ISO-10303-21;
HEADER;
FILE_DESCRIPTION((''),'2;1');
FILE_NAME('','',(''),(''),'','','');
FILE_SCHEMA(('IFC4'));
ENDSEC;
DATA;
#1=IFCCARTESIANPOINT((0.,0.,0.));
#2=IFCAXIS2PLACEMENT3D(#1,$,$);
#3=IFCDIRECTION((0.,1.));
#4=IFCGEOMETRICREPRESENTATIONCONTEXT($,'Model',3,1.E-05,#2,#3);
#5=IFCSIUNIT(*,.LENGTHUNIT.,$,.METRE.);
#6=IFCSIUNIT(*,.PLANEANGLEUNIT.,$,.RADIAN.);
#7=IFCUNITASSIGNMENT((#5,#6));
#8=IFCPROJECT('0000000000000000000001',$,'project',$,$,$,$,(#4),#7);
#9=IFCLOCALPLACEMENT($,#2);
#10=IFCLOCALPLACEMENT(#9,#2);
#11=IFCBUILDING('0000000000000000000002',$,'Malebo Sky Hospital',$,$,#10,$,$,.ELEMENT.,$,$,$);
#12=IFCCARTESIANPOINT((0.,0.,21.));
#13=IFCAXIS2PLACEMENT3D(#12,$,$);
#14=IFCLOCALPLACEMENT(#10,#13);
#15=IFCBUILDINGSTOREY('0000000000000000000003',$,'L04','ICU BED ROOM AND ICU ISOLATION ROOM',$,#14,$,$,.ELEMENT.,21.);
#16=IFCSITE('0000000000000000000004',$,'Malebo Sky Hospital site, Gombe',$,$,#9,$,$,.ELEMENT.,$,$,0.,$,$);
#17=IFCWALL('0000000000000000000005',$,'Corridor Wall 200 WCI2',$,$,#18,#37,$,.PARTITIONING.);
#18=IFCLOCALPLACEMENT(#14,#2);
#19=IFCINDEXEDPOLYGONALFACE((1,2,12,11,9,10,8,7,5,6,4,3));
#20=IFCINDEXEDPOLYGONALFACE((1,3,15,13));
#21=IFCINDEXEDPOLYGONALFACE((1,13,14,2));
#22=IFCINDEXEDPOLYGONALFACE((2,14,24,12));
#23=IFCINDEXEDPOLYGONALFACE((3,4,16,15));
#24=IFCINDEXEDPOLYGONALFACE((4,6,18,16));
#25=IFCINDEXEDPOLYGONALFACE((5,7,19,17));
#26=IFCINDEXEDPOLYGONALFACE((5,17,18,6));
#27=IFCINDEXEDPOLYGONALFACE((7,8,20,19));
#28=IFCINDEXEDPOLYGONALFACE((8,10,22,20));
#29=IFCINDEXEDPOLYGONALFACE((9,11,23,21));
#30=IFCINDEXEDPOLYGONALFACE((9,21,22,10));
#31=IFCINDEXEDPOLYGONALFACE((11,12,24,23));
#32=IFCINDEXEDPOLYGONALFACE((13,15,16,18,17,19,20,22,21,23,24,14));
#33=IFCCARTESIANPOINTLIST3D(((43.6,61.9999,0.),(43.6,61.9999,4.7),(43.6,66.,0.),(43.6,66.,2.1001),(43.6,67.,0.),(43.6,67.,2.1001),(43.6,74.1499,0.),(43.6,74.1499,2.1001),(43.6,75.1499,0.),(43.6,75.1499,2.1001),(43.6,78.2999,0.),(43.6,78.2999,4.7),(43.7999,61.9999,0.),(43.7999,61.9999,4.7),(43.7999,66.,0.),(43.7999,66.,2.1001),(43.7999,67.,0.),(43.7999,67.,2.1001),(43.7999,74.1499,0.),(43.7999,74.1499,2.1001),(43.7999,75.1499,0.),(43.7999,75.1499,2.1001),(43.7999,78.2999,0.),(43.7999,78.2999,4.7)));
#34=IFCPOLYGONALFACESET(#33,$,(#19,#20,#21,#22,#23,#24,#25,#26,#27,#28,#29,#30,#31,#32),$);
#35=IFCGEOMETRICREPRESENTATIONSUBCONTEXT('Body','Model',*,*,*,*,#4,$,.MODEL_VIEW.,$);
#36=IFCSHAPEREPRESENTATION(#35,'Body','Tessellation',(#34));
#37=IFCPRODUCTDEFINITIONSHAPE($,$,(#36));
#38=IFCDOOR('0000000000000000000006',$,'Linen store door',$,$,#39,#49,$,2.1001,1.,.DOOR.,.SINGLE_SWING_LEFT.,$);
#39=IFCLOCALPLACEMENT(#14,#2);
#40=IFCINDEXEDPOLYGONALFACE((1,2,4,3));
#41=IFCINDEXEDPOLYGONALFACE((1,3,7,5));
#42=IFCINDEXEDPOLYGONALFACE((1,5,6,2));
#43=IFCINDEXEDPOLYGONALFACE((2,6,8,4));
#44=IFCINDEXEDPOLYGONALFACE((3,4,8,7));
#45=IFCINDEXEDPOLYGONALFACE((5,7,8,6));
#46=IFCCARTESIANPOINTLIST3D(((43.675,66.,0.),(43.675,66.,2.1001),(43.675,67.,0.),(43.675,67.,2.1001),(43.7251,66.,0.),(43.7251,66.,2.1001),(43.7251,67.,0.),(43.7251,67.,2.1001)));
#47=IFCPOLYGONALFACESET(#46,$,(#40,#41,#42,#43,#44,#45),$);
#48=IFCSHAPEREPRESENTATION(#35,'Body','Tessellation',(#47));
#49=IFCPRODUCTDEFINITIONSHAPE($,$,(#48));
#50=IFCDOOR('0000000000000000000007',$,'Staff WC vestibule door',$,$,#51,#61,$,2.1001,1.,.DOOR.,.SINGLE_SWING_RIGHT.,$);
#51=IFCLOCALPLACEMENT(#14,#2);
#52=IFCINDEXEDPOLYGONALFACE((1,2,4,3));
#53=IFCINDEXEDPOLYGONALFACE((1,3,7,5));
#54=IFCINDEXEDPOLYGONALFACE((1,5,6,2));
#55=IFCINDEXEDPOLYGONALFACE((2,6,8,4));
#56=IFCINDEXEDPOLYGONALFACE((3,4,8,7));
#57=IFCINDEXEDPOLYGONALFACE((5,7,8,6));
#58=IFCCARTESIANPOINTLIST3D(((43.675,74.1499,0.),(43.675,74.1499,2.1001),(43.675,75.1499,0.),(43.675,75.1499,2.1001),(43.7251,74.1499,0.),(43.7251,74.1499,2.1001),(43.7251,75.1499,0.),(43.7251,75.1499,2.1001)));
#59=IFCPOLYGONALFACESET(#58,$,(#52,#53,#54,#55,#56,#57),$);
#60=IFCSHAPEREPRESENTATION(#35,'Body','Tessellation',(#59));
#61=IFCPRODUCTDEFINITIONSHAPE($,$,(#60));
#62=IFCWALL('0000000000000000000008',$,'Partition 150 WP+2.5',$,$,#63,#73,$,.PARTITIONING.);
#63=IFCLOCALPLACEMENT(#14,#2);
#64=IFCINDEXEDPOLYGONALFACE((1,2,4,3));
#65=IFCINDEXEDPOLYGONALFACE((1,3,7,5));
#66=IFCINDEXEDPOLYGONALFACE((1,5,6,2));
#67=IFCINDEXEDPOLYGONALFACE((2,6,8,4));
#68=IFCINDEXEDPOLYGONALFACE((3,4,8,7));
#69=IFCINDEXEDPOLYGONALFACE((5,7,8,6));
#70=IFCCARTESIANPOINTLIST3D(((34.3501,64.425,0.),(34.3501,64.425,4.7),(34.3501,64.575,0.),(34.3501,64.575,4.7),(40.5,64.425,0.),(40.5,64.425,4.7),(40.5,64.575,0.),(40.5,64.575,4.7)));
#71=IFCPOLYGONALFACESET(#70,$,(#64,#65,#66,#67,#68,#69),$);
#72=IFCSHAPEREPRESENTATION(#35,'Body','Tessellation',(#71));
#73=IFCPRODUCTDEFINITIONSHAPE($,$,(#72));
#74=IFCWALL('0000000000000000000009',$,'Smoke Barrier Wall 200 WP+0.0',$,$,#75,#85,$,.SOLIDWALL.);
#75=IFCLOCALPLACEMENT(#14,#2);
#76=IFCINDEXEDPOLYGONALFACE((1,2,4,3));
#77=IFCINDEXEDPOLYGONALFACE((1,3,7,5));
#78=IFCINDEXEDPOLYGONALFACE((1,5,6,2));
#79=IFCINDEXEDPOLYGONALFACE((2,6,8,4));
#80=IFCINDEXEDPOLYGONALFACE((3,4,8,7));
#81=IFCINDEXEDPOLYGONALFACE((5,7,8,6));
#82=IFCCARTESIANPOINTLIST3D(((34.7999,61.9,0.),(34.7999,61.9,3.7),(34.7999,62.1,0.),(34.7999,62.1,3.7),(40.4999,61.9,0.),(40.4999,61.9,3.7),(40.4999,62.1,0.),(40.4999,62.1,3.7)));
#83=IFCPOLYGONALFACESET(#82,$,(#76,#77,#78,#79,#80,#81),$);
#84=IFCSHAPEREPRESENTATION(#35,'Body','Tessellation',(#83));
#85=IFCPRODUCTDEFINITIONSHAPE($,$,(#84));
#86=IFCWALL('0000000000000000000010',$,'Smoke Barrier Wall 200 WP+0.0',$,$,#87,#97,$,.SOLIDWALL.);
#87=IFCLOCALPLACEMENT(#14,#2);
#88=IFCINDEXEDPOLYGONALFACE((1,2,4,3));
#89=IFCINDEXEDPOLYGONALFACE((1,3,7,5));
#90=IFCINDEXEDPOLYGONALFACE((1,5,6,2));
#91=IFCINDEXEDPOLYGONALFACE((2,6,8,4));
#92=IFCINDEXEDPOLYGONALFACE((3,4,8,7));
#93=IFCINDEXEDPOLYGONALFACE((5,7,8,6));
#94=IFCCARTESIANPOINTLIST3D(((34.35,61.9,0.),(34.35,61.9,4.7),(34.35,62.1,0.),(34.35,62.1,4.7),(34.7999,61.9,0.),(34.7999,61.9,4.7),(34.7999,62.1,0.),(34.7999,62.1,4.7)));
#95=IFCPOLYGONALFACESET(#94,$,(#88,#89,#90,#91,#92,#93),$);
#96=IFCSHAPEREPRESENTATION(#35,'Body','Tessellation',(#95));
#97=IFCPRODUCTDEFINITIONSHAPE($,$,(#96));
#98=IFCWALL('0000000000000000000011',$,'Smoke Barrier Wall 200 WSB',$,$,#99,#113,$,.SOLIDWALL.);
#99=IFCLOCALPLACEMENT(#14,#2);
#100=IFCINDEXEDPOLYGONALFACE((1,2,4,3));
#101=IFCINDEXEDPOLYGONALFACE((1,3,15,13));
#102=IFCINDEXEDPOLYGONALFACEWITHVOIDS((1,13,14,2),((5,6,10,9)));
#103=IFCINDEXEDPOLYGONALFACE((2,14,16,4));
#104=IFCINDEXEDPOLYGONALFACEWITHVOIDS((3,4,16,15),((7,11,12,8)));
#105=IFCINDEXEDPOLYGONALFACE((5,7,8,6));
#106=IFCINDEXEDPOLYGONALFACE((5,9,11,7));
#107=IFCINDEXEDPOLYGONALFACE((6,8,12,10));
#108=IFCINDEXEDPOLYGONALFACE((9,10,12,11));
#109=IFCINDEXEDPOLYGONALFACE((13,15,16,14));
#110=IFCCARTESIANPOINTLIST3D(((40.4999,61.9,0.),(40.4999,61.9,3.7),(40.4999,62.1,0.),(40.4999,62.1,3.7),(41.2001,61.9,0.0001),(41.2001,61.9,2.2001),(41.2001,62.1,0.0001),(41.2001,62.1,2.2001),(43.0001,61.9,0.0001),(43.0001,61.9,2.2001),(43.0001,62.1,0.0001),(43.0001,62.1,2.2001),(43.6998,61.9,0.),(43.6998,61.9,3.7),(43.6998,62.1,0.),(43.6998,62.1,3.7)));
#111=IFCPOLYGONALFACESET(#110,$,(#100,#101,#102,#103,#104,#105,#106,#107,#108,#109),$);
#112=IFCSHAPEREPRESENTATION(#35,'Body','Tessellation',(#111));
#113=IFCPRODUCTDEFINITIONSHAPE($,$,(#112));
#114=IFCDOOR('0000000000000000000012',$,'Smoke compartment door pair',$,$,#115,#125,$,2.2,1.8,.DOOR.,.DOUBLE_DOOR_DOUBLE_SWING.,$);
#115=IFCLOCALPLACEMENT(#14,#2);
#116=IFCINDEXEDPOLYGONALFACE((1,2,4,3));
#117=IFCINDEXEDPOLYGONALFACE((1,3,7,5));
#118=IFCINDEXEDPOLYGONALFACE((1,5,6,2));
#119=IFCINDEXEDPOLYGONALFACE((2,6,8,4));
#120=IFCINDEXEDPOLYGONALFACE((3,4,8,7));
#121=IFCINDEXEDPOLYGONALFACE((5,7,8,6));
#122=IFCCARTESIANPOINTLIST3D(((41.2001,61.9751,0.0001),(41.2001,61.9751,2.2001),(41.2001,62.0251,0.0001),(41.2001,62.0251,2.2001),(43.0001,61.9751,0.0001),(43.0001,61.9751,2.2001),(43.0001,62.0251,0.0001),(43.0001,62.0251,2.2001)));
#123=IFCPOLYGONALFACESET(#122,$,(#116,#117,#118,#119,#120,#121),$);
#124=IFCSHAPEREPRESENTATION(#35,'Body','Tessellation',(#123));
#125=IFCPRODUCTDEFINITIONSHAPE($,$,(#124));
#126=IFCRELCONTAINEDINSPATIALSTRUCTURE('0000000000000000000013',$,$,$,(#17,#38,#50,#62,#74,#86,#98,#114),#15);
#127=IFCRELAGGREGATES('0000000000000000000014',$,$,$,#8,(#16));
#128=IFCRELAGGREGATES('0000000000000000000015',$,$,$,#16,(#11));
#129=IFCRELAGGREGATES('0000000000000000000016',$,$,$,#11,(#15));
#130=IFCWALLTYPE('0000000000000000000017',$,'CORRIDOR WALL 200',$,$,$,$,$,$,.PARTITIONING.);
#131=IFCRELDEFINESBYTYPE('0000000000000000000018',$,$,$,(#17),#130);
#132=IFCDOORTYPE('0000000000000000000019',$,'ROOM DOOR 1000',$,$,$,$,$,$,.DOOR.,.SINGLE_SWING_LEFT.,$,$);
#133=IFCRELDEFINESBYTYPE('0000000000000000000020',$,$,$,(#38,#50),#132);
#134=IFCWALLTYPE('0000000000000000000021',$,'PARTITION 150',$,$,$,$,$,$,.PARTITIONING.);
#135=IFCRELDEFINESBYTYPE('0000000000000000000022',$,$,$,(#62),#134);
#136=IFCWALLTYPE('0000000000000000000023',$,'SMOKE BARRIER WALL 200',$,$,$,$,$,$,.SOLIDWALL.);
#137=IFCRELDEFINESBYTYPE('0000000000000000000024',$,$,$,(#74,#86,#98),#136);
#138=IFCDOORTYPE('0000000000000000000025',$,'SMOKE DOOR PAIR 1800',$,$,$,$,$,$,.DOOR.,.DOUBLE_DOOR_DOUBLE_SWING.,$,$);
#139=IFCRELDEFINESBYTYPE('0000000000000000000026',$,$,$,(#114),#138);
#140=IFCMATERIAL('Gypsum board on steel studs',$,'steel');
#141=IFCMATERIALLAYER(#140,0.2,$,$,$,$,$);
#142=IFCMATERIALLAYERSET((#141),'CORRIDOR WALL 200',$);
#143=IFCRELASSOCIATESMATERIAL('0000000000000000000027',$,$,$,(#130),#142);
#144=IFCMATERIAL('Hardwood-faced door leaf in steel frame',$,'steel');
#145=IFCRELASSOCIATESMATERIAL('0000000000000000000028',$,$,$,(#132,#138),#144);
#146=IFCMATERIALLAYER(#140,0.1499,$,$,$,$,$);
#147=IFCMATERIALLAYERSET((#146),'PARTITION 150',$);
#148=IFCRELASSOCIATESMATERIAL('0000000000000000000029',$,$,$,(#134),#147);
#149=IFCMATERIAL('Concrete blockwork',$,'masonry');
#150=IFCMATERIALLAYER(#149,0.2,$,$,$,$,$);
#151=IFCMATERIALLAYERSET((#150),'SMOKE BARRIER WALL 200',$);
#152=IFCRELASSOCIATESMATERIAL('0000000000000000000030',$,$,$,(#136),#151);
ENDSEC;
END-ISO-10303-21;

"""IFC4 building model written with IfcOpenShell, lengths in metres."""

from ifc_helpers import new_model, si_unit, direction, frame, frame_2d, origin, place, context, subcontext, project, spatial, rectangle, extrude, material, layer, layer_set, type_object, element, fill, save


model = new_model("IFC4")

# Units and contexts
model_context = context("Model", 3, precision=1e-05, world=origin(), true_north=direction((0.0, 1.0)))
body_context = subcontext(model_context, "Body", "Model", "MODEL_VIEW")
ifc_project = project(units=[si_unit("LENGTHUNIT", "METRE"), si_unit("PLANEANGLEUNIT", "RADIAN")], contexts=[model_context])

# Site, building, storey
site_placement = place(None, origin())
site = spatial("IfcSite", under=ifc_project, at=site_placement, Name="Malebo Sky Hospital site, Gombe", CompositionType="ELEMENT", RefElevation=0.0)
building_placement = place(site_placement, origin())
building = spatial("IfcBuilding", under=site, at=building_placement, Name="Malebo Sky Hospital", CompositionType="ELEMENT")
storey_placement = place(building_placement, frame((0.0, 0.0, 21.0)))
storey = spatial("IfcBuildingStorey", under=building, at=storey_placement, Name="L04", Description="ICU BED ROOM AND ICU ISOLATION ROOM", CompositionType="ELEMENT", Elevation=21.0)

# Wall, openings, doors
ifc_material_1 = material(Name="Gypsum board on steel studs", Category="steel")
ifc_layer_1 = layer(ifc_material_1, 0.2)
ifc_layer_set_1 = layer_set([ifc_layer_1], Name="CORRIDOR WALL 200")
wall_type_1 = type_object("IfcWallType", Name="CORRIDOR WALL 200", PredefinedType="PARTITIONING", material=ifc_layer_set_1)
wall_1_placement = place(storey_placement, frame((43.7, 62.0, 0.0), z_axis=(0.0, 0.0, 1.0), x_axis=(0.0, 1.0, 0.0)))
wall_1 = element("IfcWall", 1, at=wall_1_placement, inside=storey, type_object=wall_type_1, Name="Corridor Wall 200 WCI2", PredefinedType="PARTITIONING", context=body_context, shape_type="SweptSolid", body=[
    extrude(rectangle(XDim=16.3, YDim=0.2, at=frame_2d((8.1499, 0.0))), origin(), (0.0, 0.0, 1.0), 4.7),
])
opening_1_placement = place(wall_1_placement, frame((4.0, 0.0, 0.0)))
opening_1 = element("IfcOpeningElement", 2, at=opening_1_placement, cuts=wall_1, PredefinedType="OPENING", context=body_context, shape_type="SweptSolid", body=[
    extrude(rectangle(XDim=1.0, YDim=2.1001, at=frame_2d((0.5, 1.05))), frame((0.0, 0.1099, 0.0), z_axis=(0.0, -1.0, 0.0), x_axis=(1.0, 0.0, 0.0)), (0.0, 0.0, 1.0), 0.22),
])
opening_2_placement = place(wall_1_placement, frame((12.1499, 0.0, 0.0)))
opening_2 = element("IfcOpeningElement", 3, at=opening_2_placement, cuts=wall_1, PredefinedType="OPENING", context=body_context, shape_type="SweptSolid", body=[
    extrude(rectangle(XDim=1.0, YDim=2.1001, at=frame_2d((0.5, 1.05))), frame((0.0, 0.1099, 0.0), z_axis=(0.0, -1.0, 0.0), x_axis=(1.0, 0.0, 0.0)), (0.0, 0.0, 1.0), 0.22),
])
ifc_material_2 = material(Name="Hardwood-faced door leaf in steel frame", Category="steel")
door_type_1 = type_object("IfcDoorType", Name="ROOM DOOR 1000", OperationType="SINGLE_SWING_LEFT", PredefinedType="DOOR", material=ifc_material_2)
door_1_placement = place(opening_1_placement, origin())
door_1 = element("IfcDoor", 4, at=door_1_placement, inside=storey, type_object=door_type_1, Name="Linen store door", OperationType="SINGLE_SWING_LEFT", OverallHeight=2.1001, OverallWidth=1.0, PredefinedType="DOOR", context=body_context, shape_type="SweptSolid", body=[
    extrude(rectangle(XDim=1.0, YDim=2.1001, at=frame_2d((0.5, 1.05))), frame((0.0, 0.0249, 0.0), z_axis=(0.0, -1.0, 0.0), x_axis=(1.0, 0.0, 0.0)), (0.0, 0.0, 1.0), 0.05),
])
fill(opening_1, door_1)
door_2_placement = place(opening_2_placement, origin())
door_2 = element("IfcDoor", 5, at=door_2_placement, inside=storey, type_object=door_type_1, Name="Staff WC vestibule door", OperationType="SINGLE_SWING_RIGHT", OverallHeight=2.1001, OverallWidth=1.0, PredefinedType="DOOR", context=body_context, shape_type="SweptSolid", body=[
    extrude(rectangle(XDim=1.0, YDim=2.1001, at=frame_2d((0.5, 1.05))), frame((0.0, 0.0249, 0.0), z_axis=(0.0, -1.0, 0.0), x_axis=(1.0, 0.0, 0.0)), (0.0, 0.0, 1.0), 0.05),
])
fill(opening_2, door_2)

# Walls
ifc_layer_2 = layer(ifc_material_1, 0.1499)
ifc_layer_set_2 = layer_set([ifc_layer_2], Name="PARTITION 150")
wall_type_2 = type_object("IfcWallType", Name="PARTITION 150", PredefinedType="PARTITIONING", material=ifc_layer_set_2)
wall_2_placement = place(storey_placement, frame((40.5, 64.5, 0.0), z_axis=(0.0, 0.0, 1.0), x_axis=(-1.0, 0.0, 0.0)))
element("IfcWall", 6, at=wall_2_placement, inside=storey, type_object=wall_type_2, Name="Partition 150 WP+2.5", PredefinedType="PARTITIONING", context=body_context, shape_type="SweptSolid", body=[
    extrude(rectangle(XDim=6.1499, YDim=0.1499, at=frame_2d((3.075, 0.0))), origin(), (0.0, 0.0, 1.0), 4.7),
])
ifc_material_3 = material(Name="Concrete blockwork", Category="masonry")
ifc_layer_3 = layer(ifc_material_3, 0.2)
ifc_layer_set_3 = layer_set([ifc_layer_3], Name="SMOKE BARRIER WALL 200")
wall_type_3 = type_object("IfcWallType", Name="SMOKE BARRIER WALL 200", PredefinedType="SOLIDWALL", material=ifc_layer_set_3)
wall_3_placement = place(storey_placement, frame((40.5, 62.0, 0.0), z_axis=(0.0, 0.0, 1.0), x_axis=(-1.0, 0.0, 0.0)))
element("IfcWall", 7, at=wall_3_placement, inside=storey, type_object=wall_type_3, Name="Smoke Barrier Wall 200 WP+0.0", PredefinedType="SOLIDWALL", context=body_context, shape_type="SweptSolid", body=[
    extrude(rectangle(XDim=5.7, YDim=0.2, at=frame_2d((2.8501, 0.0))), origin(), (0.0, 0.0, 1.0), 3.7),
])
wall_4_placement = place(storey_placement, frame((34.8, 62.0, 0.0), z_axis=(0.0, 0.0, 1.0), x_axis=(-1.0, 0.0, 0.0)))
element("IfcWall", 8, at=wall_4_placement, inside=storey, type_object=wall_type_3, Name="Smoke Barrier Wall 200 WP+0.0", PredefinedType="SOLIDWALL", context=body_context, shape_type="SweptSolid", body=[
    extrude(rectangle(XDim=0.45, YDim=0.2, at=frame_2d((0.2251, 0.0))), origin(), (0.0, 0.0, 1.0), 4.7),
])

# Wall, opening, door
wall_5_placement = place(storey_placement, frame((43.7, 62.0, 0.0), z_axis=(0.0, 0.0, 1.0), x_axis=(-1.0, 0.0, 0.0)))
wall_5 = element("IfcWall", 9, at=wall_5_placement, inside=storey, type_object=wall_type_3, Name="Smoke Barrier Wall 200 WSB", PredefinedType="SOLIDWALL", context=body_context, shape_type="SweptSolid", body=[
    extrude(rectangle(XDim=3.2, YDim=0.2, at=frame_2d((1.6001, 0.0))), origin(), (0.0, 0.0, 1.0), 3.7),
])
opening_3_placement = place(wall_5_placement, frame((0.7, 0.0, 0.0)))
opening_3 = element("IfcOpeningElement", 10, at=opening_3_placement, cuts=wall_5, PredefinedType="OPENING", context=body_context, shape_type="SweptSolid", body=[
    extrude(rectangle(XDim=1.8, YDim=2.2, at=frame_2d((0.8999, 1.1001))), frame((0.0, 0.1099, 0.0), z_axis=(0.0, -1.0, 0.0), x_axis=(1.0, 0.0, 0.0)), (0.0, 0.0, 1.0), 0.22),
])
door_type_2 = type_object("IfcDoorType", Name="SMOKE DOOR PAIR 1800", OperationType="DOUBLE_DOOR_DOUBLE_SWING", PredefinedType="DOOR", material=ifc_material_2)
door_3_placement = place(opening_3_placement, origin())
door_3 = element("IfcDoor", 11, at=door_3_placement, inside=storey, type_object=door_type_2, Name="Smoke compartment door pair", OperationType="DOUBLE_DOOR_DOUBLE_SWING", OverallHeight=2.2, OverallWidth=1.8, PredefinedType="DOOR", context=body_context, shape_type="SweptSolid", body=[
    extrude(rectangle(XDim=1.8, YDim=2.2, at=frame_2d((0.8999, 1.1001))), frame((0.0, 0.0249, 0.0), z_axis=(0.0, -1.0, 0.0), x_axis=(1.0, 0.0, 0.0)), (0.0, 0.0, 1.0), 0.05),
])
fill(opening_3, door_3)

save(model, "model.ifc")
